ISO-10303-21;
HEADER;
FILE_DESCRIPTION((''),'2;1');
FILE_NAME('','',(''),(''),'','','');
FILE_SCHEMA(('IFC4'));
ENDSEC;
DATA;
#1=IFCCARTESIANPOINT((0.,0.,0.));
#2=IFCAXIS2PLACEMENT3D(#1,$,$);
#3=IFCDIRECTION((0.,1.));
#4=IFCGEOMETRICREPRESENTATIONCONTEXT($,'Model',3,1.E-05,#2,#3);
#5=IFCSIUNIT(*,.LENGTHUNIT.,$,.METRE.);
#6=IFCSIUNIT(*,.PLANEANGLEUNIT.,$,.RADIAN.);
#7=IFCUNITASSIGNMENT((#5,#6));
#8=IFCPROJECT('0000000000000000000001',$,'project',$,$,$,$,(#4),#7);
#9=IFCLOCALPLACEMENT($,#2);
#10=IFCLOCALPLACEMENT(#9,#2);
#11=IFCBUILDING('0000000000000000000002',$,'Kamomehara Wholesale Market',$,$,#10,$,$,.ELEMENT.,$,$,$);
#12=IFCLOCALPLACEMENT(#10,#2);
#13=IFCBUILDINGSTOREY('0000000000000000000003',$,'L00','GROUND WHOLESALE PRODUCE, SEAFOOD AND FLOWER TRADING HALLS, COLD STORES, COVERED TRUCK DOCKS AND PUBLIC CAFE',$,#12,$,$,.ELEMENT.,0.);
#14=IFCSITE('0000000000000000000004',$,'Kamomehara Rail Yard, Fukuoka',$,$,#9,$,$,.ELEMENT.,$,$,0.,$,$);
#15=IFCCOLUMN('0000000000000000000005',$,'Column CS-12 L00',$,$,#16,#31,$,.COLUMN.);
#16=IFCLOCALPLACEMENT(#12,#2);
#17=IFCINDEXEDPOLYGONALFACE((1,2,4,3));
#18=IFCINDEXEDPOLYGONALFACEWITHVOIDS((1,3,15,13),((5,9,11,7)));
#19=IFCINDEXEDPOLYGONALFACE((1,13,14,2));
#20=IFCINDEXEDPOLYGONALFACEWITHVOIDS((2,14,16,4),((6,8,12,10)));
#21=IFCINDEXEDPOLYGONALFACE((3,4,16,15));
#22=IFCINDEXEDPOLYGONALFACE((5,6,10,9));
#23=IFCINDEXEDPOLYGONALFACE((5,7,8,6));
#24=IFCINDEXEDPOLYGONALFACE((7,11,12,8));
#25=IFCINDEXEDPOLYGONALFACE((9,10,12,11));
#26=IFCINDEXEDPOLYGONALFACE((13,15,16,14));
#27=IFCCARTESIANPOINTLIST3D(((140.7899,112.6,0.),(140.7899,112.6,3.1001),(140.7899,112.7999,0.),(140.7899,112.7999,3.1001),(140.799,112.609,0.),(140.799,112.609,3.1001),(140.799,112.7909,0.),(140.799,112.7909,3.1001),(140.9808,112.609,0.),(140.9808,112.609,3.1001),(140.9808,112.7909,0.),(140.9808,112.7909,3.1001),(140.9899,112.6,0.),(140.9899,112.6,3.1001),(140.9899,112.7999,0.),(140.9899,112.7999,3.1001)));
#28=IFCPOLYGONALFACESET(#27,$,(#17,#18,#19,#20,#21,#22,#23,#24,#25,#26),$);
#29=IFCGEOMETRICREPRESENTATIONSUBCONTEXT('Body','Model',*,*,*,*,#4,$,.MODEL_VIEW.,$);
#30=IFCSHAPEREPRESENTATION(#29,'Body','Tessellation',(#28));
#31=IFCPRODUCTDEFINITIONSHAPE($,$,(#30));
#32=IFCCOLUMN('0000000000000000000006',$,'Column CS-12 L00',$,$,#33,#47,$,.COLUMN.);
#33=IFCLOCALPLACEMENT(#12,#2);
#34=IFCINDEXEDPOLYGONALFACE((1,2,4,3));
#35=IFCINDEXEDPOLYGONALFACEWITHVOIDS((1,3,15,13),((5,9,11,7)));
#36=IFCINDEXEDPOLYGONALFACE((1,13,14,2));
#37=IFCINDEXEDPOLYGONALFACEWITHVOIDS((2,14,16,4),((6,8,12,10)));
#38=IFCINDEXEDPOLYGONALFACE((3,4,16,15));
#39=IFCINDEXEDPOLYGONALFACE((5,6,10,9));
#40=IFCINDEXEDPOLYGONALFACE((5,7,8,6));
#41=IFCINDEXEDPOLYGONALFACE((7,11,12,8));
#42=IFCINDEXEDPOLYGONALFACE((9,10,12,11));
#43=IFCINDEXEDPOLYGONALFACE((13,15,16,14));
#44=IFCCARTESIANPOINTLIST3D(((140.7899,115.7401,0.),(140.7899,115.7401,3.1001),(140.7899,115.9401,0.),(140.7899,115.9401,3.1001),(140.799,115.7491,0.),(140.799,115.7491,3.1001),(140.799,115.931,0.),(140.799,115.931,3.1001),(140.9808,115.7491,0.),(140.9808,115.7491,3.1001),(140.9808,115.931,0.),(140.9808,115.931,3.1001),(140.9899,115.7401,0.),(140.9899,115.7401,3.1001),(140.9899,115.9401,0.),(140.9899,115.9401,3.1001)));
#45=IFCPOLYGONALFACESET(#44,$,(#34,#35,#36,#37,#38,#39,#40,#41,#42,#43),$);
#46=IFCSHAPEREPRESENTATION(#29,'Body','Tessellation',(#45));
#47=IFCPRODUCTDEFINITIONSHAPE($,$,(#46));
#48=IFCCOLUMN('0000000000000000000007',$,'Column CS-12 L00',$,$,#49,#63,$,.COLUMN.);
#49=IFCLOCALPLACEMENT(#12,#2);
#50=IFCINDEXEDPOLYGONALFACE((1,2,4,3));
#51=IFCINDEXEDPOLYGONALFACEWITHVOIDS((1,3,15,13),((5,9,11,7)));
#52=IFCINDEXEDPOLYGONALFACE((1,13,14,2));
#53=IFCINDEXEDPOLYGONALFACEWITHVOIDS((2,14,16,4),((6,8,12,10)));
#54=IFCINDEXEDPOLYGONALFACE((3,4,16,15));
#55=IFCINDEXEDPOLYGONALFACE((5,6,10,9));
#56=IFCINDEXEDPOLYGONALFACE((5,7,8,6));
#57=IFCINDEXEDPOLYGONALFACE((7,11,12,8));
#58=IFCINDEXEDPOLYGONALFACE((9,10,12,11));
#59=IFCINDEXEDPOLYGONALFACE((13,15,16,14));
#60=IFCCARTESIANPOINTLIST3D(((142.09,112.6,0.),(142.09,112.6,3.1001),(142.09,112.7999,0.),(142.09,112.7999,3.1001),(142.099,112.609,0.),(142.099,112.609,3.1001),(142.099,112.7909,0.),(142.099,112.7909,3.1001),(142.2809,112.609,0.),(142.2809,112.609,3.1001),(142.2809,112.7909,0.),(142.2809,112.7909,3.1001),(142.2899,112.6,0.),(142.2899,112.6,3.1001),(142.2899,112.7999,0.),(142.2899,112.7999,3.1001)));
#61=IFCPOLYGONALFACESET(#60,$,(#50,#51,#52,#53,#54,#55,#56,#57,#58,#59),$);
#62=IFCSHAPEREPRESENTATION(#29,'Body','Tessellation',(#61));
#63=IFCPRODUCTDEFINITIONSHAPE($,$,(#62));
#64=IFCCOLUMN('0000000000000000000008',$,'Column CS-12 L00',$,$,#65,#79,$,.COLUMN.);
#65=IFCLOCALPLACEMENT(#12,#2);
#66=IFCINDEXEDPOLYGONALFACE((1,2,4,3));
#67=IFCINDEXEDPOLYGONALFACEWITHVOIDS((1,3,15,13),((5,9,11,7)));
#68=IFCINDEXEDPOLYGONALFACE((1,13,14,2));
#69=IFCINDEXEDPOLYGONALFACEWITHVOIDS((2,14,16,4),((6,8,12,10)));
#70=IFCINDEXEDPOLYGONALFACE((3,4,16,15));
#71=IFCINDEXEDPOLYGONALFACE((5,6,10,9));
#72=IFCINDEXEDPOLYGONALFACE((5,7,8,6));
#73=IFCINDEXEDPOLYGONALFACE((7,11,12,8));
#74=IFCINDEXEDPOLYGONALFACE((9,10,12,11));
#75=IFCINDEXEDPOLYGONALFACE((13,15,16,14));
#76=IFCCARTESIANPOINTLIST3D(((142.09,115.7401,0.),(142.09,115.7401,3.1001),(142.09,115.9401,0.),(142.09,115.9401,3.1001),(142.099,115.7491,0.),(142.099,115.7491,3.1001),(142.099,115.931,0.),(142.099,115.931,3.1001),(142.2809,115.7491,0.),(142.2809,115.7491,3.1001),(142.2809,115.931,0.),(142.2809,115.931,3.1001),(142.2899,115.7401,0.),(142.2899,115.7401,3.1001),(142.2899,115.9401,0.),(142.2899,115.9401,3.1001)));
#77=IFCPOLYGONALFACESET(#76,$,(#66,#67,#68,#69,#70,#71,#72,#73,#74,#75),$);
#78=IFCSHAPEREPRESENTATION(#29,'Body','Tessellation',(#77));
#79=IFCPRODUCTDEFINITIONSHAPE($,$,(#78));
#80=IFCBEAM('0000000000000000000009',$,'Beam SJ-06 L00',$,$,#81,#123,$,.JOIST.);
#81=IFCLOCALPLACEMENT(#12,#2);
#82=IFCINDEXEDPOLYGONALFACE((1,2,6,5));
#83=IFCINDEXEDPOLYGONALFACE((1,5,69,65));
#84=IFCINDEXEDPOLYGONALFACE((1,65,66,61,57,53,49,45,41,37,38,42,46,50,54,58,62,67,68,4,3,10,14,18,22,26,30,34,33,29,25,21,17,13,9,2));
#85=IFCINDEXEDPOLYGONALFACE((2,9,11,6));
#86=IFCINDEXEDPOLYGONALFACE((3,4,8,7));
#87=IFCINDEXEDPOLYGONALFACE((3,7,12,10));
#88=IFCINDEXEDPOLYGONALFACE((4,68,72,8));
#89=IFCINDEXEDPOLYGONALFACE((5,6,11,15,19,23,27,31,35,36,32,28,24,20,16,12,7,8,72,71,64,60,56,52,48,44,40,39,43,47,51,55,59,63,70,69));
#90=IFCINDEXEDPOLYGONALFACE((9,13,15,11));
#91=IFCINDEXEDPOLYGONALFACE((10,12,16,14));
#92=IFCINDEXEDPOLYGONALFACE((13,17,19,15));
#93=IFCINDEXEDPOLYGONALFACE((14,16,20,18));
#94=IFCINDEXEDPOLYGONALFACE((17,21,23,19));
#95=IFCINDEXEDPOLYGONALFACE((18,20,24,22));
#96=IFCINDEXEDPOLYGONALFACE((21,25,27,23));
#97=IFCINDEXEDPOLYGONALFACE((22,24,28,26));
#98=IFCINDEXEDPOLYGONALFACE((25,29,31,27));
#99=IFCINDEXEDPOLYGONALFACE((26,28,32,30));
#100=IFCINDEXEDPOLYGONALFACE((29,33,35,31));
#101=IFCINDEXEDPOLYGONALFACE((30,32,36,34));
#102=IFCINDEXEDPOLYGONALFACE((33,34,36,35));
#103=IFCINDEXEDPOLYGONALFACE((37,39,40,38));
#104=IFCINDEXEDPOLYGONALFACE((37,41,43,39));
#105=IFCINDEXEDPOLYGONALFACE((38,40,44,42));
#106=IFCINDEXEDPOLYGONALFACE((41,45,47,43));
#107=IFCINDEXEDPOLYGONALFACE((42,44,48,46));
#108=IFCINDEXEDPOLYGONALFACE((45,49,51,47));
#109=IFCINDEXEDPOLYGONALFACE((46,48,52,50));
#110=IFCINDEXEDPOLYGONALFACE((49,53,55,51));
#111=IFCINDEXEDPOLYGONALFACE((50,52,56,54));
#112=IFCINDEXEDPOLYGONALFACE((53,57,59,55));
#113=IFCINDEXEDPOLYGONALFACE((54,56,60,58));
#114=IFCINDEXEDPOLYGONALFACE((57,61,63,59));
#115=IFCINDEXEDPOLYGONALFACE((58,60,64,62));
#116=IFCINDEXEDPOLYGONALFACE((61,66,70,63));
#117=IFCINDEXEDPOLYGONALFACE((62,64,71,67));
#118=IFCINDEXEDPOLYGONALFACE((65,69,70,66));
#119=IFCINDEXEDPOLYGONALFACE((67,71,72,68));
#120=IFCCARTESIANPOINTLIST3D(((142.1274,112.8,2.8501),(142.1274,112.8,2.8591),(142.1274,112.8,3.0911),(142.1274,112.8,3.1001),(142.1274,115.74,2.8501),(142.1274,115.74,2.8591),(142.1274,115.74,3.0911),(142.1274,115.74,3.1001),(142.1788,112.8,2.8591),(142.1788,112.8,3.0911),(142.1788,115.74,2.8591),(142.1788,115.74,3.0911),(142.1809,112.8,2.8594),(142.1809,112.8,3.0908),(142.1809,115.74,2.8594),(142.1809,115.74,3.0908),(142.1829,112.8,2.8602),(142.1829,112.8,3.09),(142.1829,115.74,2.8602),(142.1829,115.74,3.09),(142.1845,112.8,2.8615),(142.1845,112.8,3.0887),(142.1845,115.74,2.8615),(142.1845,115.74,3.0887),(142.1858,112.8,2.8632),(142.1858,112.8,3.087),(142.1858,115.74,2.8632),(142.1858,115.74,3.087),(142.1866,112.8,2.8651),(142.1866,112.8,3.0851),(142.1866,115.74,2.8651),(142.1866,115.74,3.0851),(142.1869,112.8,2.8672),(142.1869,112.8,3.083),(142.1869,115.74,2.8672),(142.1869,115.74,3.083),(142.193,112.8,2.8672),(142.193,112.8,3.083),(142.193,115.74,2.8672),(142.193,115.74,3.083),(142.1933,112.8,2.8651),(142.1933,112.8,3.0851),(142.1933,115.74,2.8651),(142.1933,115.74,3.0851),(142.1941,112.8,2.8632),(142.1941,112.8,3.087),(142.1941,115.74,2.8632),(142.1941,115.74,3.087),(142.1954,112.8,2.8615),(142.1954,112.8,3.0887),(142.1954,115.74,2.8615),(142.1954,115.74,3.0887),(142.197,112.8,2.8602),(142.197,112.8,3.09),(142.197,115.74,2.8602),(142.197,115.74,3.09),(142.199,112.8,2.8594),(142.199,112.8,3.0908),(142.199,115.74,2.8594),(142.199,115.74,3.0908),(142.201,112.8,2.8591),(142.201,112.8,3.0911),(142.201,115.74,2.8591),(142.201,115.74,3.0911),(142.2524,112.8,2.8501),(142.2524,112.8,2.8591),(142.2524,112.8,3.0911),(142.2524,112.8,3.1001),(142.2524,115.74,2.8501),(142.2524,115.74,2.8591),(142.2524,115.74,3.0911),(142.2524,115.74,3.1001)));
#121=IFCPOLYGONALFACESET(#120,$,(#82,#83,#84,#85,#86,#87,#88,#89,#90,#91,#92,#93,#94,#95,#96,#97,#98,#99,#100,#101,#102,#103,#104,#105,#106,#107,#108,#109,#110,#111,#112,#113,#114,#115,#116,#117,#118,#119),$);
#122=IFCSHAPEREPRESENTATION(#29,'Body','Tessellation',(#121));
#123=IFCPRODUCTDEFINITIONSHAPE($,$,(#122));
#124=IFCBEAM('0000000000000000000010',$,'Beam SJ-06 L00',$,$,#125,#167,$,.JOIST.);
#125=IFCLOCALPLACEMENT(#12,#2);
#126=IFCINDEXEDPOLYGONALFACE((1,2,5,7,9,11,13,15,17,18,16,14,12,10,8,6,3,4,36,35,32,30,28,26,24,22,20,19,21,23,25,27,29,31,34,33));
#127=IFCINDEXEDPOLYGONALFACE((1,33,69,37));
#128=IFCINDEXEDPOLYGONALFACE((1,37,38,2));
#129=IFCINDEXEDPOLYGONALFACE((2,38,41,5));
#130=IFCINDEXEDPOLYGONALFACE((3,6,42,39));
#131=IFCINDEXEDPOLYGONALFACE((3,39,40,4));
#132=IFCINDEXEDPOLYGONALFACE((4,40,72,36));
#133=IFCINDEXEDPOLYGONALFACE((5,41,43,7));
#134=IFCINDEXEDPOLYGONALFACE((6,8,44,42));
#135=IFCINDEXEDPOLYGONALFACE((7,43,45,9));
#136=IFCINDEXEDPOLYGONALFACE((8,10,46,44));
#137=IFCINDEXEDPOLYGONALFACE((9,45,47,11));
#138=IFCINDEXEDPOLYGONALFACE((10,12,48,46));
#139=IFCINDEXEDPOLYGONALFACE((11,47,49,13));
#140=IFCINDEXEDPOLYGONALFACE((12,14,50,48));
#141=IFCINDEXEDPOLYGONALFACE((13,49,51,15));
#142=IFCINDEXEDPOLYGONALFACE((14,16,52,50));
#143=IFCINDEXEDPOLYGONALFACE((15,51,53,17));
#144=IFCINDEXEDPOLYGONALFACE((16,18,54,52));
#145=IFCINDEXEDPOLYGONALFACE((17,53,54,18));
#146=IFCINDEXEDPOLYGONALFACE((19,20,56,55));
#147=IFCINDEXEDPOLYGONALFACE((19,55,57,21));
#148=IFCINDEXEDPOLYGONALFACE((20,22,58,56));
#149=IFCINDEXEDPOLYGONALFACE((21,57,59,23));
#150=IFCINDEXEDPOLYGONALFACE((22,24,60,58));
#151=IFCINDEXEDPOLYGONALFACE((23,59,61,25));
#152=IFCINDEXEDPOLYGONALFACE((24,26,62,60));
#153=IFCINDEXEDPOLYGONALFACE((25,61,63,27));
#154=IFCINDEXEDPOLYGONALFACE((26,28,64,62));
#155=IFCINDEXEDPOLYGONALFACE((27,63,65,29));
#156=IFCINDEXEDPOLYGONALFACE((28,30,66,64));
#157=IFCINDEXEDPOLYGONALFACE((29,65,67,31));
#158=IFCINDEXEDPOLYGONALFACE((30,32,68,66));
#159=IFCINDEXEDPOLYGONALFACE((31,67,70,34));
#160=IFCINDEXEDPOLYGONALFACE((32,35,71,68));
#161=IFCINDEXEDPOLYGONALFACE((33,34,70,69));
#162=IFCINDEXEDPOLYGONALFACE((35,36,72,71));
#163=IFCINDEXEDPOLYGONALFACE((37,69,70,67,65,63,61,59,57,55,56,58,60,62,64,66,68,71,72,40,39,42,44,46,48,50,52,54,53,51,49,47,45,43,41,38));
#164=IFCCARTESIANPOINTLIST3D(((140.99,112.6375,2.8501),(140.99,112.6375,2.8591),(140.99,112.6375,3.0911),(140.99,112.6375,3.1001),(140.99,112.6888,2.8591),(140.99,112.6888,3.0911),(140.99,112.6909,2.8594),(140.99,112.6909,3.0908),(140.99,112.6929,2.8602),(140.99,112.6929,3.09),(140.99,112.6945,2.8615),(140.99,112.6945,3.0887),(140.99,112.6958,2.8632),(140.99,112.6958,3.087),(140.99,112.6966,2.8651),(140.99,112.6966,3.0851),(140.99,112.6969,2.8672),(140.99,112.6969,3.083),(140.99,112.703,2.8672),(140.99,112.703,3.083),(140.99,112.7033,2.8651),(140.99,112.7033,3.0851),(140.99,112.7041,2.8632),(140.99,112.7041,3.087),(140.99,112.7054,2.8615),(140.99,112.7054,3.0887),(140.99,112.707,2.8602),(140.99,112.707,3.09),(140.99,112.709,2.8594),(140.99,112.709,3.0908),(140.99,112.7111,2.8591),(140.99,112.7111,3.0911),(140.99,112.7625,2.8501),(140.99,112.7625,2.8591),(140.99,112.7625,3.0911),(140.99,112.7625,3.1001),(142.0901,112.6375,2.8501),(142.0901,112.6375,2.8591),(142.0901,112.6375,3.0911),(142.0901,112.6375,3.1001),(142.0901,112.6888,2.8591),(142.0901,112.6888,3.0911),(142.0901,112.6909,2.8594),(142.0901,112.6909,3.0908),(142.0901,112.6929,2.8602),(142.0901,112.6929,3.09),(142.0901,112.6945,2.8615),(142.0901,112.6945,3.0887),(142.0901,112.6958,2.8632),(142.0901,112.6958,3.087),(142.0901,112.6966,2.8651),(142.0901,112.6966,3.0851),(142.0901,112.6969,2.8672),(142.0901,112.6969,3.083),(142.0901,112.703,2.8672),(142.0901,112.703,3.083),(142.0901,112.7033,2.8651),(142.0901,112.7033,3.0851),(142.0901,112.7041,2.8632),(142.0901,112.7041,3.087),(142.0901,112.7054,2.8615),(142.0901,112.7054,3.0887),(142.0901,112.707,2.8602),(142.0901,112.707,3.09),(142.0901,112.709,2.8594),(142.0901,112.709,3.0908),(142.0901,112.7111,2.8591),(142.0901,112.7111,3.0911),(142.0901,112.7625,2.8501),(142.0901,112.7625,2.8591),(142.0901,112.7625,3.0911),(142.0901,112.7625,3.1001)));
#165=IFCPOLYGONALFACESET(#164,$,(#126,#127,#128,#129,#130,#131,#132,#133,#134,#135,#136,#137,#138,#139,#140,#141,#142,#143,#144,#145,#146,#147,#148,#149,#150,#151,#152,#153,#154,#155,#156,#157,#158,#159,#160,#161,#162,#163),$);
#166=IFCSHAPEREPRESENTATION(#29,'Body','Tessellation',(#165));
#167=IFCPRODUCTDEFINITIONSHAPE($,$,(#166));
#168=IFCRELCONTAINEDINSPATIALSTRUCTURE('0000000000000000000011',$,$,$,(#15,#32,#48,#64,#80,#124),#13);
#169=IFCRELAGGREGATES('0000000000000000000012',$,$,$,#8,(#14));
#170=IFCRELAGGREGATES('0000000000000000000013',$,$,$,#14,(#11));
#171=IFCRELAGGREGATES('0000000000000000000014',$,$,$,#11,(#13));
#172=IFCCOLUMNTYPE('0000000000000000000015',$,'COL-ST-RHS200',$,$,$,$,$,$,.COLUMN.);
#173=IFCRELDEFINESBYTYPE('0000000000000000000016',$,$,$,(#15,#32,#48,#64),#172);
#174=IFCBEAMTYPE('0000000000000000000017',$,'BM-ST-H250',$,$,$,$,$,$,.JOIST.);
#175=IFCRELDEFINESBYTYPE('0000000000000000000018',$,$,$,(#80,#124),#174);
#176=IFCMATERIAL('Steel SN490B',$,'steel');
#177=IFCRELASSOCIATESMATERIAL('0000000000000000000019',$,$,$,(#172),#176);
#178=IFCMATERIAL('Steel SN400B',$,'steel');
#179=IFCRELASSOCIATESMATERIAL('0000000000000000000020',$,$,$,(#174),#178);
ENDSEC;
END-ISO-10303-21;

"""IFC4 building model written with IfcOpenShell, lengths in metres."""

from ifc_helpers import new_model, si_unit, direction, frame, origin, origin_2d, place, context, subcontext, project, spatial, hollow_rectangle, i_section, extrude, material, material_profile, profile_set, type_object, element, save


model = new_model("IFC4")

# Units and contexts
model_context = context("Model", 3, precision=1e-05, world=origin(), true_north=direction((0.0, 1.0)))
body_context = subcontext(model_context, "Body", "Model", "MODEL_VIEW")
ifc_project = project(units=[si_unit("LENGTHUNIT", "METRE"), si_unit("PLANEANGLEUNIT", "RADIAN")], contexts=[model_context])

# Site, building, storey
site_placement = place(None, origin())
site = spatial("IfcSite", under=ifc_project, at=site_placement, Name="Kamomehara Rail Yard, Fukuoka", CompositionType="ELEMENT", RefElevation=0.0)
building_placement = place(site_placement, origin())
building = spatial("IfcBuilding", under=site, at=building_placement, Name="Kamomehara Wholesale Market", CompositionType="ELEMENT")
storey_placement = place(building_placement, origin())
storey = spatial("IfcBuildingStorey", under=building, at=storey_placement, Name="L00", Description="GROUND WHOLESALE PRODUCE, SEAFOOD AND FLOWER TRADING HALLS, COLD STORES, COVERED TRUCK DOCKS AND PUBLIC CAFE", CompositionType="ELEMENT", Elevation=0.0)

# Columns
ifc_material_1 = material(Name="Steel SN490B", Category="steel")
ifc_material_profile_1 = material_profile(ifc_material_1, hollow_rectangle(XDim=0.2, YDim=0.2, WallThickness=0.009, at=origin_2d()), Name="RHS-200x200x9")
ifc_profile_set_1 = profile_set([ifc_material_profile_1], Name="Steel SN490B")
column_type_1 = type_object("IfcColumnType", Name="COL-ST-RHS200", PredefinedType="COLUMN", material=ifc_profile_set_1)
for number, where, z_axis, x_axis, name in (
    (1, (140.8899, 112.7, 0.0), (0.0, 0.0, 1.0), (1.0, 0.0, 0.0), "Column CS-12 L00"),
    (2, (140.8899, 115.8401, 0.0), (0.0, 0.0, 1.0), (1.0, 0.0, 0.0), "Column CS-12 L00"),
    (3, (142.1899, 112.7, 0.0), (0.0, 0.0, 1.0), (1.0, 0.0, 0.0), "Column CS-12 L00"),
    (4, (142.1899, 115.8401, 0.0), (0.0, 0.0, 1.0), (1.0, 0.0, 0.0), "Column CS-12 L00"),
):
    element("IfcColumn", number, at=place(storey_placement, frame(where, z_axis=z_axis, x_axis=x_axis)), inside=storey, type_object=column_type_1, Name=name, PredefinedType="COLUMN", context=body_context, shape_type="SweptSolid", body=[
        extrude(hollow_rectangle(XDim=0.2, YDim=0.2, WallThickness=0.009, at=origin_2d()), origin(), (0.0, 0.0, 1.0), 3.1001),
    ])

# Beams
ifc_material_2 = material(Name="Steel SN400B", Category="steel")
ifc_material_profile_2 = material_profile(ifc_material_2, i_section(OverallWidth=0.125, OverallDepth=0.25, WebThickness=0.0061, FlangeThickness=0.009, FilletRadius=0.0081, at=origin_2d()), Name="H-250x125x6x9")
ifc_profile_set_2 = profile_set([ifc_material_profile_2], Name="Steel SN400B")
beam_type = type_object("IfcBeamType", Name="BM-ST-H250", PredefinedType="JOIST", material=ifc_profile_set_2)
beam_placement = place(storey_placement, frame((142.1899, 112.8, 2.9751), z_axis=(0.0, 1.0, 0.0), x_axis=(-1.0, 0.0, 0.0)))
element("IfcBeam", 5, at=beam_placement, inside=storey, type_object=beam_type, Name="Beam SJ-06 L00", PredefinedType="JOIST", context=body_context, shape_type="SweptSolid", body=[
    extrude(i_section(OverallWidth=0.125, OverallDepth=0.25, WebThickness=0.0061, FlangeThickness=0.009, FilletRadius=0.0081, at=origin_2d()), origin(), (0.0, 0.0, 1.0), 2.9399),
])
for number, where, z_axis, x_axis, name in (
    (6, (140.99, 112.7, 2.9751), (1.0, 0.0, 0.0), (0.0, 1.0, 0.0), "Beam SJ-06 L00"),
):
    element("IfcBeam", number, at=place(storey_placement, frame(where, z_axis=z_axis, x_axis=x_axis)), inside=storey, type_object=beam_type, Name=name, PredefinedType="JOIST", context=body_context, shape_type="SweptSolid", body=[
        extrude(i_section(OverallWidth=0.125, OverallDepth=0.25, WebThickness=0.0061, FlangeThickness=0.009, FilletRadius=0.0081, at=origin_2d()), origin(), (0.0, 0.0, 1.0), 1.1001),
    ])

save(model, "model.ifc")
